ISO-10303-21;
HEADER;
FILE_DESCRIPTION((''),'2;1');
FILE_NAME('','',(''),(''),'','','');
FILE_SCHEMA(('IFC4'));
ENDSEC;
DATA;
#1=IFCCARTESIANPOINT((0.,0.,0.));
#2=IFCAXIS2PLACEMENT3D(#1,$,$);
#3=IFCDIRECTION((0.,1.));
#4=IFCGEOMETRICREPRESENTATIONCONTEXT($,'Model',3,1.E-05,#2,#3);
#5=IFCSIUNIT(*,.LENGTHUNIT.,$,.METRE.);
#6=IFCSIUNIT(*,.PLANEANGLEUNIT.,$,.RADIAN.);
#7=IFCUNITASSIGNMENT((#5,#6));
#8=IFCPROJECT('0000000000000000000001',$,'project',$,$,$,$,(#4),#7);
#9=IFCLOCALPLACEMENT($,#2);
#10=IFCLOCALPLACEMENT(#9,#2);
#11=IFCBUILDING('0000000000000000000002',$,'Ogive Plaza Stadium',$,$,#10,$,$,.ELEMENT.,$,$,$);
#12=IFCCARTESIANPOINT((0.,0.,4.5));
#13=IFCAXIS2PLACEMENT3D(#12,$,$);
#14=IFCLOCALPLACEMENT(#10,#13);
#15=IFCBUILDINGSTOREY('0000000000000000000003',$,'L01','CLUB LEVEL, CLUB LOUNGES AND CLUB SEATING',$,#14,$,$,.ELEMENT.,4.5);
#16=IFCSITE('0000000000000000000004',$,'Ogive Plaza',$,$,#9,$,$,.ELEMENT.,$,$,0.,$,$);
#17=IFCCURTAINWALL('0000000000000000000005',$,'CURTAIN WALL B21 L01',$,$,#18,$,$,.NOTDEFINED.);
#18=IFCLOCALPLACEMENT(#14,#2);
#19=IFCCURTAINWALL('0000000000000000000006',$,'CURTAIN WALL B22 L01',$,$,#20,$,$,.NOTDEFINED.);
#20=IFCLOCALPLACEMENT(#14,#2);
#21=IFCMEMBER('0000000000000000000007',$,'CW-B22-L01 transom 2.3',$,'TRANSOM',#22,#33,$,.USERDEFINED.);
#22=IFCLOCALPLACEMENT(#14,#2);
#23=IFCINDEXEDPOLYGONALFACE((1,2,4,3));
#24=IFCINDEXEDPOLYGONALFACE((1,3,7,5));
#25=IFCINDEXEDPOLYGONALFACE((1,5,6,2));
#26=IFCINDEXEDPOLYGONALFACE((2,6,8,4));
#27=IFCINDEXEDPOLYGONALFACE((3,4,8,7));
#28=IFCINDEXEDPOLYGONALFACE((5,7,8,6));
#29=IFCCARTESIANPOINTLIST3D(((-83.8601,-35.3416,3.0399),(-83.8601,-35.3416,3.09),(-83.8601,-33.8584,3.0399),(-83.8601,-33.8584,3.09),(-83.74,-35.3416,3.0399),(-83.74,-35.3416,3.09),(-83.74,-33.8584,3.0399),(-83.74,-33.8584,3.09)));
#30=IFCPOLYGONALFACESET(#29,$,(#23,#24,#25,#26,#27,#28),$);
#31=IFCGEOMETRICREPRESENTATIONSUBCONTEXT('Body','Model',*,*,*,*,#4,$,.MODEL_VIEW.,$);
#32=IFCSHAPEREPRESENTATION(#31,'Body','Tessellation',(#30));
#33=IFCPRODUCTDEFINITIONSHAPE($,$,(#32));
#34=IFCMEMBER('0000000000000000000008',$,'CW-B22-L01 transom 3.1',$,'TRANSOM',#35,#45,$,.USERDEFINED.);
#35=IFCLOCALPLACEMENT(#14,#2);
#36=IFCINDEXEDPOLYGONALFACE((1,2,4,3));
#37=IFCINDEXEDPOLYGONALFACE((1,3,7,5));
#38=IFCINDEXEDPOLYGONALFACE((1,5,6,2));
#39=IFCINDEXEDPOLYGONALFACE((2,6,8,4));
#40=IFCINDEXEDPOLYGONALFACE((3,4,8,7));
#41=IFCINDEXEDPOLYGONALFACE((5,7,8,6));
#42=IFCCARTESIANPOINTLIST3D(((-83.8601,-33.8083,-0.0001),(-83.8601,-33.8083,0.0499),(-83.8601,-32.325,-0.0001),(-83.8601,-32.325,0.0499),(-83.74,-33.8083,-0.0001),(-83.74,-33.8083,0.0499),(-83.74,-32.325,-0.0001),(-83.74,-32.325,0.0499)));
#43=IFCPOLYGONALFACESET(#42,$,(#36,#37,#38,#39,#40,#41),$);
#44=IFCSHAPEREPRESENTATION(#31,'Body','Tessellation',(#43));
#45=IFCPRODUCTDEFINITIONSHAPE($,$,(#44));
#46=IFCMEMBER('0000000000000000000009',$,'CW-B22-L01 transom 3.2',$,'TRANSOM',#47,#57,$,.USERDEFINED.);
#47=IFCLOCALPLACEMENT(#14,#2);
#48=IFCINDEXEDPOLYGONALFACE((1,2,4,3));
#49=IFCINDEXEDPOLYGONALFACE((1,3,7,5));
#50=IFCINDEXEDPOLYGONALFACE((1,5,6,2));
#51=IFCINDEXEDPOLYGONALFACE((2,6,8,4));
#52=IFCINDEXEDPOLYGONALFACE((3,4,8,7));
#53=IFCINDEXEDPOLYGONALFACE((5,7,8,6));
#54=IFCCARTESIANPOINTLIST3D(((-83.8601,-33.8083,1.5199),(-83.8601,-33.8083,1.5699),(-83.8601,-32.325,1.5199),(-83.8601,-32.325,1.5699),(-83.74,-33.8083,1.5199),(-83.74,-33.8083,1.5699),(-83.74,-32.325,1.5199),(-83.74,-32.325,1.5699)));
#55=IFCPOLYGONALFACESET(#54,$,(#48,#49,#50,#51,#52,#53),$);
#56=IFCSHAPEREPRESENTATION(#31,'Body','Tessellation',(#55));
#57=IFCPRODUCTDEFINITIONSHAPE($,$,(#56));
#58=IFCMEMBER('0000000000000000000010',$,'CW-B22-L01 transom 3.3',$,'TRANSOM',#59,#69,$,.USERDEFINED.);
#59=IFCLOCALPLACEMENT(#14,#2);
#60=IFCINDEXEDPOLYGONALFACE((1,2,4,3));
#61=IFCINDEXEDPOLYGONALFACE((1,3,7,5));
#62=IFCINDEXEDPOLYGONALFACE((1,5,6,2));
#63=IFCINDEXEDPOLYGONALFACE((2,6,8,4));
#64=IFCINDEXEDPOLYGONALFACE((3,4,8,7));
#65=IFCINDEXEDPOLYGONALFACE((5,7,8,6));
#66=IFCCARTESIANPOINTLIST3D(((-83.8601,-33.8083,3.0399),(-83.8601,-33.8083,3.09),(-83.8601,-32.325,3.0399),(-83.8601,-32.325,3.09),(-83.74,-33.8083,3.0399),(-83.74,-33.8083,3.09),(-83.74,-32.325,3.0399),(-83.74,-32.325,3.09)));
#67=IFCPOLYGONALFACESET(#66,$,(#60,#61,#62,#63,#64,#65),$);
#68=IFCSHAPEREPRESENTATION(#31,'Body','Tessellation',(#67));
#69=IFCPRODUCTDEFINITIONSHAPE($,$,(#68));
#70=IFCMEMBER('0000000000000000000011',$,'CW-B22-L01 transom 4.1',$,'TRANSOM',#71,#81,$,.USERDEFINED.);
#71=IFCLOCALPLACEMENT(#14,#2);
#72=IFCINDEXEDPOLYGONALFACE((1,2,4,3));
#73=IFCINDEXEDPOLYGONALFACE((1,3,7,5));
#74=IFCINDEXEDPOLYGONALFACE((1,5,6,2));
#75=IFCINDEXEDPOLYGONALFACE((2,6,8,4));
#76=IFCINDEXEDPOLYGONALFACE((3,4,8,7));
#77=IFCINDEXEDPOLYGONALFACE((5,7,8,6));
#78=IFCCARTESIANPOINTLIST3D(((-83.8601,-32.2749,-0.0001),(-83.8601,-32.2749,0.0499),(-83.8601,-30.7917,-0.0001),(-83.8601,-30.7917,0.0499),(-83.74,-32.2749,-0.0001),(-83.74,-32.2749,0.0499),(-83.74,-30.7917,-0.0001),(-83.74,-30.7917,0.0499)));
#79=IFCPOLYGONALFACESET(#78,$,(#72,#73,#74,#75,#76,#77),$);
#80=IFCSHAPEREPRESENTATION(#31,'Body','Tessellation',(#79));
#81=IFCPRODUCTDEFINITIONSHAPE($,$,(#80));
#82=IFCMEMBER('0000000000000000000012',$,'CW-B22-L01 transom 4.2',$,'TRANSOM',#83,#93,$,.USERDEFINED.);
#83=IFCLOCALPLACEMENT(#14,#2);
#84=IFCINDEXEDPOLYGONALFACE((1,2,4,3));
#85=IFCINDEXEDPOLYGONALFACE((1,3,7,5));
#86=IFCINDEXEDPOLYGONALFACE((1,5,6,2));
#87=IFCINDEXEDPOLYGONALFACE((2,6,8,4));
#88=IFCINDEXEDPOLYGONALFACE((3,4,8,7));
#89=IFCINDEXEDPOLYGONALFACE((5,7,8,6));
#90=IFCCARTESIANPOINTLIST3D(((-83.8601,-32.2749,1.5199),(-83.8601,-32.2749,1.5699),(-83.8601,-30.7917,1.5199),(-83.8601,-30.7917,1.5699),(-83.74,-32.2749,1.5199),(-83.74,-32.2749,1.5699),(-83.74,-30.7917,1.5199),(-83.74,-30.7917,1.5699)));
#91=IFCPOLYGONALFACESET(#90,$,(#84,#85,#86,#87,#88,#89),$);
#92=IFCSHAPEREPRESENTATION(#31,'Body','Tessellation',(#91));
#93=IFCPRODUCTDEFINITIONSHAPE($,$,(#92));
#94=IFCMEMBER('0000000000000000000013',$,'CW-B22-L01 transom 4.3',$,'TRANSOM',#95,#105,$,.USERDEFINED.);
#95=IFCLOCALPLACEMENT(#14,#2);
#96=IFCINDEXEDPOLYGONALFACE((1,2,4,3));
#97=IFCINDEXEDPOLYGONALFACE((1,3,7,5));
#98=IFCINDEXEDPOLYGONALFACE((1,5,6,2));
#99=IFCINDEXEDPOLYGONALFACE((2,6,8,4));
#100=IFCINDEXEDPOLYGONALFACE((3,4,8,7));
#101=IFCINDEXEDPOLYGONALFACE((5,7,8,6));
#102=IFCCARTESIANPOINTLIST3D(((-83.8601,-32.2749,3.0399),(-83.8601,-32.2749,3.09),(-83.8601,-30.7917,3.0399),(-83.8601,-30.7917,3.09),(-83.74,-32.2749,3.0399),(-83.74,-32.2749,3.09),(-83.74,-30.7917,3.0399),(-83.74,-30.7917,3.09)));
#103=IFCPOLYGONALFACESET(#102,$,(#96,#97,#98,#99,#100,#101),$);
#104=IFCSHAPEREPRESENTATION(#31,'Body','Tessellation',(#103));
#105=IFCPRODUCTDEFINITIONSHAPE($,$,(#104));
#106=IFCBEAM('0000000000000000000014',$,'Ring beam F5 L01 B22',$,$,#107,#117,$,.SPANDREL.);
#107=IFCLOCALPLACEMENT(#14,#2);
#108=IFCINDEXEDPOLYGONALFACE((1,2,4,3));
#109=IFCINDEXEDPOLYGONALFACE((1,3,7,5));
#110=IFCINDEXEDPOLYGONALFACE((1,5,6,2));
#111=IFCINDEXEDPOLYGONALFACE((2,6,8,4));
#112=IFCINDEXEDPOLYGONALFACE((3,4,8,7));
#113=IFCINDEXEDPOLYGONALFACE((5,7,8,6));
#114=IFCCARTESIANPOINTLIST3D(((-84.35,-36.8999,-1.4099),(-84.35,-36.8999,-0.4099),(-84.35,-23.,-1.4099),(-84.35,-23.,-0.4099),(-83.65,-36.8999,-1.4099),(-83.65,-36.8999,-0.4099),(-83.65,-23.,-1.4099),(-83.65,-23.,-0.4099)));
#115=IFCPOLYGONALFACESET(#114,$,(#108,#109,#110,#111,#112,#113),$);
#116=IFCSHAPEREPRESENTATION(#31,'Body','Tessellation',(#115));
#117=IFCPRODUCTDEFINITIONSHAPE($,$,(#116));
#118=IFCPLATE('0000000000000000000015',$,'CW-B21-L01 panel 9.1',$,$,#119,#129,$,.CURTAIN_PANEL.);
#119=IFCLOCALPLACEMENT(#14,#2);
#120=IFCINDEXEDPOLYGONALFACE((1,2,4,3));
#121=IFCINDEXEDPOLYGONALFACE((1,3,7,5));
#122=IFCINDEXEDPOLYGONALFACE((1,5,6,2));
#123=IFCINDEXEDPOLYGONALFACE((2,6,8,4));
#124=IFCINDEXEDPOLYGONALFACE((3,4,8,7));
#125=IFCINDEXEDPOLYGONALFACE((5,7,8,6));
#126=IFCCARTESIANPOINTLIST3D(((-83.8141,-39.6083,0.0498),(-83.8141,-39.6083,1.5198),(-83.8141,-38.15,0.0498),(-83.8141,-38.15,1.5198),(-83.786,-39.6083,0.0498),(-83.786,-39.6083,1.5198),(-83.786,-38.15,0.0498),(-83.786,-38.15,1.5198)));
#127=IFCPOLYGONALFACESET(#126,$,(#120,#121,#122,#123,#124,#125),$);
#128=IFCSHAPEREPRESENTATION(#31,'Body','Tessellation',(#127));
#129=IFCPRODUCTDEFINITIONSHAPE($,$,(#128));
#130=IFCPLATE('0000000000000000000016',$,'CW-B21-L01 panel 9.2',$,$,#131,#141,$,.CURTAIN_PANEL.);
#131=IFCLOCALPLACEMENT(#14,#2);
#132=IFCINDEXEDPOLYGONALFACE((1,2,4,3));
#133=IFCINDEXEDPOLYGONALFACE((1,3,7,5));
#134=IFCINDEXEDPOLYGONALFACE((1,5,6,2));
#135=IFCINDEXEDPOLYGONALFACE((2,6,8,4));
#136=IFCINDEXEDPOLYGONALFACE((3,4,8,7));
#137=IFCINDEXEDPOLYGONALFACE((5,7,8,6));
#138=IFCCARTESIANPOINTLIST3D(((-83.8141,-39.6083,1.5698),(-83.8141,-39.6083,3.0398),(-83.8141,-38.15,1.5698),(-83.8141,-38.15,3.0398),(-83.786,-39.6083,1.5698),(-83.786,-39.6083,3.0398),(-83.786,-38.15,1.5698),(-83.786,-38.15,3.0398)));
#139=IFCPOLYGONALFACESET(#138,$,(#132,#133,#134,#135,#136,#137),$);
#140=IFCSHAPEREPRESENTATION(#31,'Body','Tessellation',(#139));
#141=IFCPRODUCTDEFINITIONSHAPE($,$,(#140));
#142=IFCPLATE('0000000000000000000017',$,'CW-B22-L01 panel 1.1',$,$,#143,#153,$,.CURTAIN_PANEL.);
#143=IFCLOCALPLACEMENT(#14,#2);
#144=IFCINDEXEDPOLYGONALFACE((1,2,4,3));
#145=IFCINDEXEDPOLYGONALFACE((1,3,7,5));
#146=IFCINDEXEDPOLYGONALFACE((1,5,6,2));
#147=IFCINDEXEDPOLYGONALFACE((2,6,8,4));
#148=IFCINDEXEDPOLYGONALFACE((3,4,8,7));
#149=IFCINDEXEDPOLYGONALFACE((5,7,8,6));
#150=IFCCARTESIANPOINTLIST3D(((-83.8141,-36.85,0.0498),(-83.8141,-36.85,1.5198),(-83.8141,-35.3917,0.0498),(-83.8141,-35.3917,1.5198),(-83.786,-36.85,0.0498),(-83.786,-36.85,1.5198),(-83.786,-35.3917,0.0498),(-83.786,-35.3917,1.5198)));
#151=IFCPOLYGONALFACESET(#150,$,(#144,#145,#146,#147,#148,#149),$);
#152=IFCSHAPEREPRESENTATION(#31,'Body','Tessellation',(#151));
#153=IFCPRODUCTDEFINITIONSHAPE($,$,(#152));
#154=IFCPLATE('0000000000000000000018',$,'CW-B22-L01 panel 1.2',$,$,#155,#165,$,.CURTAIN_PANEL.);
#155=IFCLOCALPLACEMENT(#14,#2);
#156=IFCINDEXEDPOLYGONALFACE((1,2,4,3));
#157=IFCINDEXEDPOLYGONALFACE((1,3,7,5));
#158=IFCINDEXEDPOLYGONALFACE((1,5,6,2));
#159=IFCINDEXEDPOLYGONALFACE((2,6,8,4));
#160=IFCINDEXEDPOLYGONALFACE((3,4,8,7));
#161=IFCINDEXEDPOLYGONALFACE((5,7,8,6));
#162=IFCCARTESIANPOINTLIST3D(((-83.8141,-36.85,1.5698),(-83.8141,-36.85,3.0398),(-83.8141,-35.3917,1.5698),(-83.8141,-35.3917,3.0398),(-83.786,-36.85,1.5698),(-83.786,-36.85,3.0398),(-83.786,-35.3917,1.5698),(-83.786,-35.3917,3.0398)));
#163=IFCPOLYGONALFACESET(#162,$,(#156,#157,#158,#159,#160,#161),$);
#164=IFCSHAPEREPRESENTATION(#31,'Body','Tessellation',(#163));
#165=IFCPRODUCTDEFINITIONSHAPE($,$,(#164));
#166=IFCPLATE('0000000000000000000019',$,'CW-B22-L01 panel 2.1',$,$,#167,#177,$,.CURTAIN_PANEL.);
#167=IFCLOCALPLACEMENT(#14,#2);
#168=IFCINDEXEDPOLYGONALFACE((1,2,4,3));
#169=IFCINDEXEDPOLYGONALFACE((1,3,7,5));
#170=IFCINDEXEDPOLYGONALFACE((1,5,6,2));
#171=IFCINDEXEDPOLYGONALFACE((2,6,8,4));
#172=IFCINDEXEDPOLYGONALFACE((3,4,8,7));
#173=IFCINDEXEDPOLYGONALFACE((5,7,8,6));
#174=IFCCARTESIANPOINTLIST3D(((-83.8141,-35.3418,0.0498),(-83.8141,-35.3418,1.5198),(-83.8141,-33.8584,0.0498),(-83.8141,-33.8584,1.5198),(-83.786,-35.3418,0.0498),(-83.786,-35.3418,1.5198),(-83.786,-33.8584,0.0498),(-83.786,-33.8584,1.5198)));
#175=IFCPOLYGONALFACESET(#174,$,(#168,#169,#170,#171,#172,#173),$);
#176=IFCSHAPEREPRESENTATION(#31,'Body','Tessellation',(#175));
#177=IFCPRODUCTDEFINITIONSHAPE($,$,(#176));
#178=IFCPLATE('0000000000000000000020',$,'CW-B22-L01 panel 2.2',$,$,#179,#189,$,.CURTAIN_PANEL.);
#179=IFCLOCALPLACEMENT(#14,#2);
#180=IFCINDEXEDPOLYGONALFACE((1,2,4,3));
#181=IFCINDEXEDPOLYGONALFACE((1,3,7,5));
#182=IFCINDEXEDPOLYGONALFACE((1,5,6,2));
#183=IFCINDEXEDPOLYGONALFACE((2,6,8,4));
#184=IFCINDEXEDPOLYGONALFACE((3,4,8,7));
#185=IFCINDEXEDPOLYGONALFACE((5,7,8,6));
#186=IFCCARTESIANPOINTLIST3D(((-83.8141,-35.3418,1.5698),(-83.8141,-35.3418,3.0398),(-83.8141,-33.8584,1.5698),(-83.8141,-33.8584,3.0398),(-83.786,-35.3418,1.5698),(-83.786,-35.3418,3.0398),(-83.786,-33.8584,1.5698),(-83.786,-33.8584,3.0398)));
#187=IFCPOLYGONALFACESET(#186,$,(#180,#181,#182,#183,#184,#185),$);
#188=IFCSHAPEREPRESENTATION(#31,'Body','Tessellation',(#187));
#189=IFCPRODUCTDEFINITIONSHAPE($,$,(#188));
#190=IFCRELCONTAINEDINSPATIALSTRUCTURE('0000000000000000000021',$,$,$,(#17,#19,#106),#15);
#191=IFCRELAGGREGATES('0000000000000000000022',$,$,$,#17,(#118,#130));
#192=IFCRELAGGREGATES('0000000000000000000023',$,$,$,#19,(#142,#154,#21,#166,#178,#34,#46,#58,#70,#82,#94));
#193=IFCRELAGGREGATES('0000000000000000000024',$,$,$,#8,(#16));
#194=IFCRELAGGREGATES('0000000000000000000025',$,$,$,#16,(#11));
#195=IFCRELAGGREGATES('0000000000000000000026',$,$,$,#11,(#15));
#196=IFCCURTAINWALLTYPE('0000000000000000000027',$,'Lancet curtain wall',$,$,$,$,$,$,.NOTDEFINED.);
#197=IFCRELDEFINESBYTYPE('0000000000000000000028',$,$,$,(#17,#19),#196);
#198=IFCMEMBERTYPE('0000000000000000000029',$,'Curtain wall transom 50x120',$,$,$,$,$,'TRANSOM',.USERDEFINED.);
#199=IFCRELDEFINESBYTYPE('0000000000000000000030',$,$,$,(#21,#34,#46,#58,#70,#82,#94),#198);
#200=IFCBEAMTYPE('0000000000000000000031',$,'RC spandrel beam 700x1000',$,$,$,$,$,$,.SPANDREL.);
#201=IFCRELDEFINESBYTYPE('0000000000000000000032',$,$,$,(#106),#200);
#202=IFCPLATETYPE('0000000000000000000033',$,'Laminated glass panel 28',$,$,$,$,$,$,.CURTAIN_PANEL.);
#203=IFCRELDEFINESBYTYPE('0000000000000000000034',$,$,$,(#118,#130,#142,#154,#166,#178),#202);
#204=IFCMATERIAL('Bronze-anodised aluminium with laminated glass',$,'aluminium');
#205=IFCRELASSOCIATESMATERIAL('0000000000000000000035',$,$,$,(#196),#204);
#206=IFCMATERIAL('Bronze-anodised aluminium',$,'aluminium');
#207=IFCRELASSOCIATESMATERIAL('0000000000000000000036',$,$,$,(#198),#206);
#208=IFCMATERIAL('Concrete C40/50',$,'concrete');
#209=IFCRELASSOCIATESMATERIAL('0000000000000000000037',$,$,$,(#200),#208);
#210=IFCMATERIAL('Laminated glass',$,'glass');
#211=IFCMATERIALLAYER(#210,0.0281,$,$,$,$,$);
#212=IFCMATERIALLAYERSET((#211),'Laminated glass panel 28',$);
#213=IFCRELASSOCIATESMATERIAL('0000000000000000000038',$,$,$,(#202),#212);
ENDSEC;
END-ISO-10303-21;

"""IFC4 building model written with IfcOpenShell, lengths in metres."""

from ifc_helpers import new_model, si_unit, direction, frame, origin, origin_2d, place, context, subcontext, project, spatial, rectangle, extrude, material, layer, layer_set, material_profile, profile_set, type_object, element, aggregate, save


model = new_model("IFC4")

# Units and contexts
model_context = context("Model", 3, precision=1e-05, world=origin(), true_north=direction((0.0, 1.0)))
body_context = subcontext(model_context, "Body", "Model", "MODEL_VIEW")
ifc_project = project(units=[si_unit("LENGTHUNIT", "METRE"), si_unit("PLANEANGLEUNIT", "RADIAN")], contexts=[model_context])

# Site, building, storey
site_placement = place(None, origin())
site = spatial("IfcSite", under=ifc_project, at=site_placement, Name="Ogive Plaza", CompositionType="ELEMENT", RefElevation=0.0)
building_placement = place(site_placement, origin())
building = spatial("IfcBuilding", under=site, at=building_placement, Name="Ogive Plaza Stadium", CompositionType="ELEMENT")
storey_placement = place(building_placement, frame((0.0, 0.0, 4.5)))
storey = spatial("IfcBuildingStorey", under=building, at=storey_placement, Name="L01", Description="CLUB LEVEL, CLUB LOUNGES AND CLUB SEATING", CompositionType="ELEMENT", Elevation=4.5)

# Curtain wall
ifc_material_1 = material(Name="Bronze-anodised aluminium with laminated glass", Category="aluminium")
curtain_wall_type = type_object("IfcCurtainWallType", Name="Lancet curtain wall", PredefinedType="NOTDEFINED", material=ifc_material_1)
curtain_wall_1_placement = place(storey_placement, origin())
curtain_wall_1 = element("IfcCurtainWall", 1, at=curtain_wall_1_placement, inside=storey, type_object=curtain_wall_type, Name="CURTAIN WALL B21 L01", PredefinedType="NOTDEFINED")

# Curtain wall
curtain_wall_2_placement = place(storey_placement, origin())
curtain_wall_2 = element("IfcCurtainWall", 2, at=curtain_wall_2_placement, inside=storey, type_object=curtain_wall_type, Name="CURTAIN WALL B22 L01", PredefinedType="NOTDEFINED")

# Members
ifc_material_2 = material(Name="Bronze-anodised aluminium", Category="aluminium")
ifc_material_profile_1 = material_profile(ifc_material_2, rectangle(XDim=0.1201, YDim=0.05, at=origin_2d()), Name="AL 120x50")
ifc_profile_set_1 = profile_set([ifc_material_profile_1], Name="Bronze-anodised aluminium")
member_type_1 = type_object("IfcMemberType", Name="Curtain wall transom 50x120", ElementType="TRANSOM", PredefinedType="USERDEFINED", material=ifc_profile_set_1)
member_1_placement = place(storey_placement, frame((-83.8, -35.3416, 3.0649), z_axis=(0.0, 1.0, 0.0), x_axis=(-1.0, 0.0, 0.0)))
member_1 = element("IfcMember", 3, at=member_1_placement, type_object=member_type_1, Name="CW-B22-L01 transom 2.3", ObjectType="TRANSOM", PredefinedType="USERDEFINED", context=body_context, shape_type="SweptSolid", body=[
    extrude(rectangle(XDim=0.1201, YDim=0.05, at=origin_2d()), origin(), (0.0, 0.0, 1.0), 1.4832),
])
member_2_placement = place(storey_placement, frame((-83.8, -33.8083, 0.0249), z_axis=(0.0, 1.0, 0.0), x_axis=(-1.0, 0.0, 0.0)))
member_2 = element("IfcMember", 4, at=member_2_placement, type_object=member_type_1, Name="CW-B22-L01 transom 3.1", ObjectType="TRANSOM", PredefinedType="USERDEFINED", context=body_context, shape_type="SweptSolid", body=[
    extrude(rectangle(XDim=0.1201, YDim=0.05, at=origin_2d()), origin(), (0.0, 0.0, 1.0), 1.4834),
])
member_3_placement = place(storey_placement, frame((-83.8, -33.8083, 1.5449), z_axis=(0.0, 1.0, 0.0), x_axis=(-1.0, 0.0, 0.0)))
member_3 = element("IfcMember", 5, at=member_3_placement, type_object=member_type_1, Name="CW-B22-L01 transom 3.2", ObjectType="TRANSOM", PredefinedType="USERDEFINED", context=body_context, shape_type="SweptSolid", body=[
    extrude(rectangle(XDim=0.1201, YDim=0.05, at=origin_2d()), origin(), (0.0, 0.0, 1.0), 1.4834),
])
member_4_placement = place(storey_placement, frame((-83.8, -33.8083, 3.0649), z_axis=(0.0, 1.0, 0.0), x_axis=(-1.0, 0.0, 0.0)))
member_4 = element("IfcMember", 6, at=member_4_placement, type_object=member_type_1, Name="CW-B22-L01 transom 3.3", ObjectType="TRANSOM", PredefinedType="USERDEFINED", context=body_context, shape_type="SweptSolid", body=[
    extrude(rectangle(XDim=0.1201, YDim=0.05, at=origin_2d()), origin(), (0.0, 0.0, 1.0), 1.4834),
])
member_5_placement = place(storey_placement, frame((-83.8, -32.2749, 0.0249), z_axis=(0.0, 1.0, 0.0), x_axis=(-1.0, 0.0, 0.0)))
member_5 = element("IfcMember", 7, at=member_5_placement, type_object=member_type_1, Name="CW-B22-L01 transom 4.1", ObjectType="TRANSOM", PredefinedType="USERDEFINED", context=body_context, shape_type="SweptSolid", body=[
    extrude(rectangle(XDim=0.1201, YDim=0.05, at=origin_2d()), origin(), (0.0, 0.0, 1.0), 1.4832),
])
member_6_placement = place(storey_placement, frame((-83.8, -32.2749, 1.5449), z_axis=(0.0, 1.0, 0.0), x_axis=(-1.0, 0.0, 0.0)))
member_6 = element("IfcMember", 8, at=member_6_placement, type_object=member_type_1, Name="CW-B22-L01 transom 4.2", ObjectType="TRANSOM", PredefinedType="USERDEFINED", context=body_context, shape_type="SweptSolid", body=[
    extrude(rectangle(XDim=0.1201, YDim=0.05, at=origin_2d()), origin(), (0.0, 0.0, 1.0), 1.4832),
])
member_7_placement = place(storey_placement, frame((-83.8, -32.2749, 3.0649), z_axis=(0.0, 1.0, 0.0), x_axis=(-1.0, 0.0, 0.0)))
member_7 = element("IfcMember", 9, at=member_7_placement, type_object=member_type_1, Name="CW-B22-L01 transom 4.3", ObjectType="TRANSOM", PredefinedType="USERDEFINED", context=body_context, shape_type="SweptSolid", body=[
    extrude(rectangle(XDim=0.1201, YDim=0.05, at=origin_2d()), origin(), (0.0, 0.0, 1.0), 1.4832),
])

# Beam
ifc_material_3 = material(Name="Concrete C40/50", Category="concrete")
ifc_material_profile_2 = material_profile(ifc_material_3, rectangle(XDim=0.7, YDim=1.0, at=origin_2d()), Name="RC 700x1000")
ifc_profile_set_2 = profile_set([ifc_material_profile_2], Name="Concrete C40/50")
beam_type = type_object("IfcBeamType", Name="RC spandrel beam 700x1000", PredefinedType="SPANDREL", material=ifc_profile_set_2)
beam_placement = place(storey_placement, frame((-84.0, -36.8999, -0.9099), z_axis=(0.0, 1.0, 0.0), x_axis=(-1.0, 0.0, 0.0)))
element("IfcBeam", 10, at=beam_placement, inside=storey, type_object=beam_type, Name="Ring beam F5 L01 B22", PredefinedType="SPANDREL", context=body_context, shape_type="SweptSolid", body=[
    extrude(rectangle(XDim=0.7, YDim=1.0, at=origin_2d()), origin(), (0.0, 0.0, 1.0), 13.8999),
])

# Plates
ifc_material_4 = material(Name="Laminated glass", Category="glass")
ifc_layer = layer(ifc_material_4, 0.0281)
ifc_layer_set = layer_set([ifc_layer], Name="Laminated glass panel 28")
plate_type = type_object("IfcPlateType", Name="Laminated glass panel 28", PredefinedType="CURTAIN_PANEL", material=ifc_layer_set)
plate_1_placement = place(storey_placement, frame((-83.8, -38.8792, 0.0498), z_axis=(0.0, 0.0, 1.0), x_axis=(0.0, 1.0, 0.0)))
plate_1 = element("IfcPlate", 11, at=plate_1_placement, type_object=plate_type, Name="CW-B21-L01 panel 9.1", PredefinedType="CURTAIN_PANEL", context=body_context, shape_type="SweptSolid", body=[
    extrude(rectangle(XDim=1.4583, YDim=0.0281, at=origin_2d()), origin(), (0.0, 0.0, 1.0), 1.47),
])
plate_2_placement = place(storey_placement, frame((-83.8, -38.8792, 1.5698), z_axis=(0.0, 0.0, 1.0), x_axis=(0.0, 1.0, 0.0)))
plate_2 = element("IfcPlate", 12, at=plate_2_placement, type_object=plate_type, Name="CW-B21-L01 panel 9.2", PredefinedType="CURTAIN_PANEL", context=body_context, shape_type="SweptSolid", body=[
    extrude(rectangle(XDim=1.4583, YDim=0.0281, at=origin_2d()), origin(), (0.0, 0.0, 1.0), 1.47),
])
aggregate(curtain_wall_1, [plate_1, plate_2])
plate_3_placement = place(storey_placement, frame((-83.8, -36.1208, 0.0498), z_axis=(0.0, 0.0, 1.0), x_axis=(0.0, 1.0, 0.0)))
plate_3 = element("IfcPlate", 13, at=plate_3_placement, type_object=plate_type, Name="CW-B22-L01 panel 1.1", PredefinedType="CURTAIN_PANEL", context=body_context, shape_type="SweptSolid", body=[
    extrude(rectangle(XDim=1.4583, YDim=0.0281, at=origin_2d()), origin(), (0.0, 0.0, 1.0), 1.47),
])
plate_4_placement = place(storey_placement, frame((-83.8, -36.1208, 1.5698), z_axis=(0.0, 0.0, 1.0), x_axis=(0.0, 1.0, 0.0)))
plate_4 = element("IfcPlate", 14, at=plate_4_placement, type_object=plate_type, Name="CW-B22-L01 panel 1.2", PredefinedType="CURTAIN_PANEL", context=body_context, shape_type="SweptSolid", body=[
    extrude(rectangle(XDim=1.4583, YDim=0.0281, at=origin_2d()), origin(), (0.0, 0.0, 1.0), 1.47),
])
plate_5_placement = place(storey_placement, frame((-83.8, -34.6001, 0.0498), z_axis=(0.0, 0.0, 1.0), x_axis=(0.0, 1.0, 0.0)))
plate_5 = element("IfcPlate", 15, at=plate_5_placement, type_object=plate_type, Name="CW-B22-L01 panel 2.1", PredefinedType="CURTAIN_PANEL", context=body_context, shape_type="SweptSolid", body=[
    extrude(rectangle(XDim=1.4834, YDim=0.0281, at=origin_2d()), origin(), (0.0, 0.0, 1.0), 1.47),
])
plate_6_placement = place(storey_placement, frame((-83.8, -34.6001, 1.5698), z_axis=(0.0, 0.0, 1.0), x_axis=(0.0, 1.0, 0.0)))
plate_6 = element("IfcPlate", 16, at=plate_6_placement, type_object=plate_type, Name="CW-B22-L01 panel 2.2", PredefinedType="CURTAIN_PANEL", context=body_context, shape_type="SweptSolid", body=[
    extrude(rectangle(XDim=1.4834, YDim=0.0281, at=origin_2d()), origin(), (0.0, 0.0, 1.0), 1.47),
])
aggregate(curtain_wall_2, [plate_3, plate_4, member_1, plate_5, plate_6, member_2, member_3, member_4, member_5, member_6, member_7])

save(model, "model.ifc")
